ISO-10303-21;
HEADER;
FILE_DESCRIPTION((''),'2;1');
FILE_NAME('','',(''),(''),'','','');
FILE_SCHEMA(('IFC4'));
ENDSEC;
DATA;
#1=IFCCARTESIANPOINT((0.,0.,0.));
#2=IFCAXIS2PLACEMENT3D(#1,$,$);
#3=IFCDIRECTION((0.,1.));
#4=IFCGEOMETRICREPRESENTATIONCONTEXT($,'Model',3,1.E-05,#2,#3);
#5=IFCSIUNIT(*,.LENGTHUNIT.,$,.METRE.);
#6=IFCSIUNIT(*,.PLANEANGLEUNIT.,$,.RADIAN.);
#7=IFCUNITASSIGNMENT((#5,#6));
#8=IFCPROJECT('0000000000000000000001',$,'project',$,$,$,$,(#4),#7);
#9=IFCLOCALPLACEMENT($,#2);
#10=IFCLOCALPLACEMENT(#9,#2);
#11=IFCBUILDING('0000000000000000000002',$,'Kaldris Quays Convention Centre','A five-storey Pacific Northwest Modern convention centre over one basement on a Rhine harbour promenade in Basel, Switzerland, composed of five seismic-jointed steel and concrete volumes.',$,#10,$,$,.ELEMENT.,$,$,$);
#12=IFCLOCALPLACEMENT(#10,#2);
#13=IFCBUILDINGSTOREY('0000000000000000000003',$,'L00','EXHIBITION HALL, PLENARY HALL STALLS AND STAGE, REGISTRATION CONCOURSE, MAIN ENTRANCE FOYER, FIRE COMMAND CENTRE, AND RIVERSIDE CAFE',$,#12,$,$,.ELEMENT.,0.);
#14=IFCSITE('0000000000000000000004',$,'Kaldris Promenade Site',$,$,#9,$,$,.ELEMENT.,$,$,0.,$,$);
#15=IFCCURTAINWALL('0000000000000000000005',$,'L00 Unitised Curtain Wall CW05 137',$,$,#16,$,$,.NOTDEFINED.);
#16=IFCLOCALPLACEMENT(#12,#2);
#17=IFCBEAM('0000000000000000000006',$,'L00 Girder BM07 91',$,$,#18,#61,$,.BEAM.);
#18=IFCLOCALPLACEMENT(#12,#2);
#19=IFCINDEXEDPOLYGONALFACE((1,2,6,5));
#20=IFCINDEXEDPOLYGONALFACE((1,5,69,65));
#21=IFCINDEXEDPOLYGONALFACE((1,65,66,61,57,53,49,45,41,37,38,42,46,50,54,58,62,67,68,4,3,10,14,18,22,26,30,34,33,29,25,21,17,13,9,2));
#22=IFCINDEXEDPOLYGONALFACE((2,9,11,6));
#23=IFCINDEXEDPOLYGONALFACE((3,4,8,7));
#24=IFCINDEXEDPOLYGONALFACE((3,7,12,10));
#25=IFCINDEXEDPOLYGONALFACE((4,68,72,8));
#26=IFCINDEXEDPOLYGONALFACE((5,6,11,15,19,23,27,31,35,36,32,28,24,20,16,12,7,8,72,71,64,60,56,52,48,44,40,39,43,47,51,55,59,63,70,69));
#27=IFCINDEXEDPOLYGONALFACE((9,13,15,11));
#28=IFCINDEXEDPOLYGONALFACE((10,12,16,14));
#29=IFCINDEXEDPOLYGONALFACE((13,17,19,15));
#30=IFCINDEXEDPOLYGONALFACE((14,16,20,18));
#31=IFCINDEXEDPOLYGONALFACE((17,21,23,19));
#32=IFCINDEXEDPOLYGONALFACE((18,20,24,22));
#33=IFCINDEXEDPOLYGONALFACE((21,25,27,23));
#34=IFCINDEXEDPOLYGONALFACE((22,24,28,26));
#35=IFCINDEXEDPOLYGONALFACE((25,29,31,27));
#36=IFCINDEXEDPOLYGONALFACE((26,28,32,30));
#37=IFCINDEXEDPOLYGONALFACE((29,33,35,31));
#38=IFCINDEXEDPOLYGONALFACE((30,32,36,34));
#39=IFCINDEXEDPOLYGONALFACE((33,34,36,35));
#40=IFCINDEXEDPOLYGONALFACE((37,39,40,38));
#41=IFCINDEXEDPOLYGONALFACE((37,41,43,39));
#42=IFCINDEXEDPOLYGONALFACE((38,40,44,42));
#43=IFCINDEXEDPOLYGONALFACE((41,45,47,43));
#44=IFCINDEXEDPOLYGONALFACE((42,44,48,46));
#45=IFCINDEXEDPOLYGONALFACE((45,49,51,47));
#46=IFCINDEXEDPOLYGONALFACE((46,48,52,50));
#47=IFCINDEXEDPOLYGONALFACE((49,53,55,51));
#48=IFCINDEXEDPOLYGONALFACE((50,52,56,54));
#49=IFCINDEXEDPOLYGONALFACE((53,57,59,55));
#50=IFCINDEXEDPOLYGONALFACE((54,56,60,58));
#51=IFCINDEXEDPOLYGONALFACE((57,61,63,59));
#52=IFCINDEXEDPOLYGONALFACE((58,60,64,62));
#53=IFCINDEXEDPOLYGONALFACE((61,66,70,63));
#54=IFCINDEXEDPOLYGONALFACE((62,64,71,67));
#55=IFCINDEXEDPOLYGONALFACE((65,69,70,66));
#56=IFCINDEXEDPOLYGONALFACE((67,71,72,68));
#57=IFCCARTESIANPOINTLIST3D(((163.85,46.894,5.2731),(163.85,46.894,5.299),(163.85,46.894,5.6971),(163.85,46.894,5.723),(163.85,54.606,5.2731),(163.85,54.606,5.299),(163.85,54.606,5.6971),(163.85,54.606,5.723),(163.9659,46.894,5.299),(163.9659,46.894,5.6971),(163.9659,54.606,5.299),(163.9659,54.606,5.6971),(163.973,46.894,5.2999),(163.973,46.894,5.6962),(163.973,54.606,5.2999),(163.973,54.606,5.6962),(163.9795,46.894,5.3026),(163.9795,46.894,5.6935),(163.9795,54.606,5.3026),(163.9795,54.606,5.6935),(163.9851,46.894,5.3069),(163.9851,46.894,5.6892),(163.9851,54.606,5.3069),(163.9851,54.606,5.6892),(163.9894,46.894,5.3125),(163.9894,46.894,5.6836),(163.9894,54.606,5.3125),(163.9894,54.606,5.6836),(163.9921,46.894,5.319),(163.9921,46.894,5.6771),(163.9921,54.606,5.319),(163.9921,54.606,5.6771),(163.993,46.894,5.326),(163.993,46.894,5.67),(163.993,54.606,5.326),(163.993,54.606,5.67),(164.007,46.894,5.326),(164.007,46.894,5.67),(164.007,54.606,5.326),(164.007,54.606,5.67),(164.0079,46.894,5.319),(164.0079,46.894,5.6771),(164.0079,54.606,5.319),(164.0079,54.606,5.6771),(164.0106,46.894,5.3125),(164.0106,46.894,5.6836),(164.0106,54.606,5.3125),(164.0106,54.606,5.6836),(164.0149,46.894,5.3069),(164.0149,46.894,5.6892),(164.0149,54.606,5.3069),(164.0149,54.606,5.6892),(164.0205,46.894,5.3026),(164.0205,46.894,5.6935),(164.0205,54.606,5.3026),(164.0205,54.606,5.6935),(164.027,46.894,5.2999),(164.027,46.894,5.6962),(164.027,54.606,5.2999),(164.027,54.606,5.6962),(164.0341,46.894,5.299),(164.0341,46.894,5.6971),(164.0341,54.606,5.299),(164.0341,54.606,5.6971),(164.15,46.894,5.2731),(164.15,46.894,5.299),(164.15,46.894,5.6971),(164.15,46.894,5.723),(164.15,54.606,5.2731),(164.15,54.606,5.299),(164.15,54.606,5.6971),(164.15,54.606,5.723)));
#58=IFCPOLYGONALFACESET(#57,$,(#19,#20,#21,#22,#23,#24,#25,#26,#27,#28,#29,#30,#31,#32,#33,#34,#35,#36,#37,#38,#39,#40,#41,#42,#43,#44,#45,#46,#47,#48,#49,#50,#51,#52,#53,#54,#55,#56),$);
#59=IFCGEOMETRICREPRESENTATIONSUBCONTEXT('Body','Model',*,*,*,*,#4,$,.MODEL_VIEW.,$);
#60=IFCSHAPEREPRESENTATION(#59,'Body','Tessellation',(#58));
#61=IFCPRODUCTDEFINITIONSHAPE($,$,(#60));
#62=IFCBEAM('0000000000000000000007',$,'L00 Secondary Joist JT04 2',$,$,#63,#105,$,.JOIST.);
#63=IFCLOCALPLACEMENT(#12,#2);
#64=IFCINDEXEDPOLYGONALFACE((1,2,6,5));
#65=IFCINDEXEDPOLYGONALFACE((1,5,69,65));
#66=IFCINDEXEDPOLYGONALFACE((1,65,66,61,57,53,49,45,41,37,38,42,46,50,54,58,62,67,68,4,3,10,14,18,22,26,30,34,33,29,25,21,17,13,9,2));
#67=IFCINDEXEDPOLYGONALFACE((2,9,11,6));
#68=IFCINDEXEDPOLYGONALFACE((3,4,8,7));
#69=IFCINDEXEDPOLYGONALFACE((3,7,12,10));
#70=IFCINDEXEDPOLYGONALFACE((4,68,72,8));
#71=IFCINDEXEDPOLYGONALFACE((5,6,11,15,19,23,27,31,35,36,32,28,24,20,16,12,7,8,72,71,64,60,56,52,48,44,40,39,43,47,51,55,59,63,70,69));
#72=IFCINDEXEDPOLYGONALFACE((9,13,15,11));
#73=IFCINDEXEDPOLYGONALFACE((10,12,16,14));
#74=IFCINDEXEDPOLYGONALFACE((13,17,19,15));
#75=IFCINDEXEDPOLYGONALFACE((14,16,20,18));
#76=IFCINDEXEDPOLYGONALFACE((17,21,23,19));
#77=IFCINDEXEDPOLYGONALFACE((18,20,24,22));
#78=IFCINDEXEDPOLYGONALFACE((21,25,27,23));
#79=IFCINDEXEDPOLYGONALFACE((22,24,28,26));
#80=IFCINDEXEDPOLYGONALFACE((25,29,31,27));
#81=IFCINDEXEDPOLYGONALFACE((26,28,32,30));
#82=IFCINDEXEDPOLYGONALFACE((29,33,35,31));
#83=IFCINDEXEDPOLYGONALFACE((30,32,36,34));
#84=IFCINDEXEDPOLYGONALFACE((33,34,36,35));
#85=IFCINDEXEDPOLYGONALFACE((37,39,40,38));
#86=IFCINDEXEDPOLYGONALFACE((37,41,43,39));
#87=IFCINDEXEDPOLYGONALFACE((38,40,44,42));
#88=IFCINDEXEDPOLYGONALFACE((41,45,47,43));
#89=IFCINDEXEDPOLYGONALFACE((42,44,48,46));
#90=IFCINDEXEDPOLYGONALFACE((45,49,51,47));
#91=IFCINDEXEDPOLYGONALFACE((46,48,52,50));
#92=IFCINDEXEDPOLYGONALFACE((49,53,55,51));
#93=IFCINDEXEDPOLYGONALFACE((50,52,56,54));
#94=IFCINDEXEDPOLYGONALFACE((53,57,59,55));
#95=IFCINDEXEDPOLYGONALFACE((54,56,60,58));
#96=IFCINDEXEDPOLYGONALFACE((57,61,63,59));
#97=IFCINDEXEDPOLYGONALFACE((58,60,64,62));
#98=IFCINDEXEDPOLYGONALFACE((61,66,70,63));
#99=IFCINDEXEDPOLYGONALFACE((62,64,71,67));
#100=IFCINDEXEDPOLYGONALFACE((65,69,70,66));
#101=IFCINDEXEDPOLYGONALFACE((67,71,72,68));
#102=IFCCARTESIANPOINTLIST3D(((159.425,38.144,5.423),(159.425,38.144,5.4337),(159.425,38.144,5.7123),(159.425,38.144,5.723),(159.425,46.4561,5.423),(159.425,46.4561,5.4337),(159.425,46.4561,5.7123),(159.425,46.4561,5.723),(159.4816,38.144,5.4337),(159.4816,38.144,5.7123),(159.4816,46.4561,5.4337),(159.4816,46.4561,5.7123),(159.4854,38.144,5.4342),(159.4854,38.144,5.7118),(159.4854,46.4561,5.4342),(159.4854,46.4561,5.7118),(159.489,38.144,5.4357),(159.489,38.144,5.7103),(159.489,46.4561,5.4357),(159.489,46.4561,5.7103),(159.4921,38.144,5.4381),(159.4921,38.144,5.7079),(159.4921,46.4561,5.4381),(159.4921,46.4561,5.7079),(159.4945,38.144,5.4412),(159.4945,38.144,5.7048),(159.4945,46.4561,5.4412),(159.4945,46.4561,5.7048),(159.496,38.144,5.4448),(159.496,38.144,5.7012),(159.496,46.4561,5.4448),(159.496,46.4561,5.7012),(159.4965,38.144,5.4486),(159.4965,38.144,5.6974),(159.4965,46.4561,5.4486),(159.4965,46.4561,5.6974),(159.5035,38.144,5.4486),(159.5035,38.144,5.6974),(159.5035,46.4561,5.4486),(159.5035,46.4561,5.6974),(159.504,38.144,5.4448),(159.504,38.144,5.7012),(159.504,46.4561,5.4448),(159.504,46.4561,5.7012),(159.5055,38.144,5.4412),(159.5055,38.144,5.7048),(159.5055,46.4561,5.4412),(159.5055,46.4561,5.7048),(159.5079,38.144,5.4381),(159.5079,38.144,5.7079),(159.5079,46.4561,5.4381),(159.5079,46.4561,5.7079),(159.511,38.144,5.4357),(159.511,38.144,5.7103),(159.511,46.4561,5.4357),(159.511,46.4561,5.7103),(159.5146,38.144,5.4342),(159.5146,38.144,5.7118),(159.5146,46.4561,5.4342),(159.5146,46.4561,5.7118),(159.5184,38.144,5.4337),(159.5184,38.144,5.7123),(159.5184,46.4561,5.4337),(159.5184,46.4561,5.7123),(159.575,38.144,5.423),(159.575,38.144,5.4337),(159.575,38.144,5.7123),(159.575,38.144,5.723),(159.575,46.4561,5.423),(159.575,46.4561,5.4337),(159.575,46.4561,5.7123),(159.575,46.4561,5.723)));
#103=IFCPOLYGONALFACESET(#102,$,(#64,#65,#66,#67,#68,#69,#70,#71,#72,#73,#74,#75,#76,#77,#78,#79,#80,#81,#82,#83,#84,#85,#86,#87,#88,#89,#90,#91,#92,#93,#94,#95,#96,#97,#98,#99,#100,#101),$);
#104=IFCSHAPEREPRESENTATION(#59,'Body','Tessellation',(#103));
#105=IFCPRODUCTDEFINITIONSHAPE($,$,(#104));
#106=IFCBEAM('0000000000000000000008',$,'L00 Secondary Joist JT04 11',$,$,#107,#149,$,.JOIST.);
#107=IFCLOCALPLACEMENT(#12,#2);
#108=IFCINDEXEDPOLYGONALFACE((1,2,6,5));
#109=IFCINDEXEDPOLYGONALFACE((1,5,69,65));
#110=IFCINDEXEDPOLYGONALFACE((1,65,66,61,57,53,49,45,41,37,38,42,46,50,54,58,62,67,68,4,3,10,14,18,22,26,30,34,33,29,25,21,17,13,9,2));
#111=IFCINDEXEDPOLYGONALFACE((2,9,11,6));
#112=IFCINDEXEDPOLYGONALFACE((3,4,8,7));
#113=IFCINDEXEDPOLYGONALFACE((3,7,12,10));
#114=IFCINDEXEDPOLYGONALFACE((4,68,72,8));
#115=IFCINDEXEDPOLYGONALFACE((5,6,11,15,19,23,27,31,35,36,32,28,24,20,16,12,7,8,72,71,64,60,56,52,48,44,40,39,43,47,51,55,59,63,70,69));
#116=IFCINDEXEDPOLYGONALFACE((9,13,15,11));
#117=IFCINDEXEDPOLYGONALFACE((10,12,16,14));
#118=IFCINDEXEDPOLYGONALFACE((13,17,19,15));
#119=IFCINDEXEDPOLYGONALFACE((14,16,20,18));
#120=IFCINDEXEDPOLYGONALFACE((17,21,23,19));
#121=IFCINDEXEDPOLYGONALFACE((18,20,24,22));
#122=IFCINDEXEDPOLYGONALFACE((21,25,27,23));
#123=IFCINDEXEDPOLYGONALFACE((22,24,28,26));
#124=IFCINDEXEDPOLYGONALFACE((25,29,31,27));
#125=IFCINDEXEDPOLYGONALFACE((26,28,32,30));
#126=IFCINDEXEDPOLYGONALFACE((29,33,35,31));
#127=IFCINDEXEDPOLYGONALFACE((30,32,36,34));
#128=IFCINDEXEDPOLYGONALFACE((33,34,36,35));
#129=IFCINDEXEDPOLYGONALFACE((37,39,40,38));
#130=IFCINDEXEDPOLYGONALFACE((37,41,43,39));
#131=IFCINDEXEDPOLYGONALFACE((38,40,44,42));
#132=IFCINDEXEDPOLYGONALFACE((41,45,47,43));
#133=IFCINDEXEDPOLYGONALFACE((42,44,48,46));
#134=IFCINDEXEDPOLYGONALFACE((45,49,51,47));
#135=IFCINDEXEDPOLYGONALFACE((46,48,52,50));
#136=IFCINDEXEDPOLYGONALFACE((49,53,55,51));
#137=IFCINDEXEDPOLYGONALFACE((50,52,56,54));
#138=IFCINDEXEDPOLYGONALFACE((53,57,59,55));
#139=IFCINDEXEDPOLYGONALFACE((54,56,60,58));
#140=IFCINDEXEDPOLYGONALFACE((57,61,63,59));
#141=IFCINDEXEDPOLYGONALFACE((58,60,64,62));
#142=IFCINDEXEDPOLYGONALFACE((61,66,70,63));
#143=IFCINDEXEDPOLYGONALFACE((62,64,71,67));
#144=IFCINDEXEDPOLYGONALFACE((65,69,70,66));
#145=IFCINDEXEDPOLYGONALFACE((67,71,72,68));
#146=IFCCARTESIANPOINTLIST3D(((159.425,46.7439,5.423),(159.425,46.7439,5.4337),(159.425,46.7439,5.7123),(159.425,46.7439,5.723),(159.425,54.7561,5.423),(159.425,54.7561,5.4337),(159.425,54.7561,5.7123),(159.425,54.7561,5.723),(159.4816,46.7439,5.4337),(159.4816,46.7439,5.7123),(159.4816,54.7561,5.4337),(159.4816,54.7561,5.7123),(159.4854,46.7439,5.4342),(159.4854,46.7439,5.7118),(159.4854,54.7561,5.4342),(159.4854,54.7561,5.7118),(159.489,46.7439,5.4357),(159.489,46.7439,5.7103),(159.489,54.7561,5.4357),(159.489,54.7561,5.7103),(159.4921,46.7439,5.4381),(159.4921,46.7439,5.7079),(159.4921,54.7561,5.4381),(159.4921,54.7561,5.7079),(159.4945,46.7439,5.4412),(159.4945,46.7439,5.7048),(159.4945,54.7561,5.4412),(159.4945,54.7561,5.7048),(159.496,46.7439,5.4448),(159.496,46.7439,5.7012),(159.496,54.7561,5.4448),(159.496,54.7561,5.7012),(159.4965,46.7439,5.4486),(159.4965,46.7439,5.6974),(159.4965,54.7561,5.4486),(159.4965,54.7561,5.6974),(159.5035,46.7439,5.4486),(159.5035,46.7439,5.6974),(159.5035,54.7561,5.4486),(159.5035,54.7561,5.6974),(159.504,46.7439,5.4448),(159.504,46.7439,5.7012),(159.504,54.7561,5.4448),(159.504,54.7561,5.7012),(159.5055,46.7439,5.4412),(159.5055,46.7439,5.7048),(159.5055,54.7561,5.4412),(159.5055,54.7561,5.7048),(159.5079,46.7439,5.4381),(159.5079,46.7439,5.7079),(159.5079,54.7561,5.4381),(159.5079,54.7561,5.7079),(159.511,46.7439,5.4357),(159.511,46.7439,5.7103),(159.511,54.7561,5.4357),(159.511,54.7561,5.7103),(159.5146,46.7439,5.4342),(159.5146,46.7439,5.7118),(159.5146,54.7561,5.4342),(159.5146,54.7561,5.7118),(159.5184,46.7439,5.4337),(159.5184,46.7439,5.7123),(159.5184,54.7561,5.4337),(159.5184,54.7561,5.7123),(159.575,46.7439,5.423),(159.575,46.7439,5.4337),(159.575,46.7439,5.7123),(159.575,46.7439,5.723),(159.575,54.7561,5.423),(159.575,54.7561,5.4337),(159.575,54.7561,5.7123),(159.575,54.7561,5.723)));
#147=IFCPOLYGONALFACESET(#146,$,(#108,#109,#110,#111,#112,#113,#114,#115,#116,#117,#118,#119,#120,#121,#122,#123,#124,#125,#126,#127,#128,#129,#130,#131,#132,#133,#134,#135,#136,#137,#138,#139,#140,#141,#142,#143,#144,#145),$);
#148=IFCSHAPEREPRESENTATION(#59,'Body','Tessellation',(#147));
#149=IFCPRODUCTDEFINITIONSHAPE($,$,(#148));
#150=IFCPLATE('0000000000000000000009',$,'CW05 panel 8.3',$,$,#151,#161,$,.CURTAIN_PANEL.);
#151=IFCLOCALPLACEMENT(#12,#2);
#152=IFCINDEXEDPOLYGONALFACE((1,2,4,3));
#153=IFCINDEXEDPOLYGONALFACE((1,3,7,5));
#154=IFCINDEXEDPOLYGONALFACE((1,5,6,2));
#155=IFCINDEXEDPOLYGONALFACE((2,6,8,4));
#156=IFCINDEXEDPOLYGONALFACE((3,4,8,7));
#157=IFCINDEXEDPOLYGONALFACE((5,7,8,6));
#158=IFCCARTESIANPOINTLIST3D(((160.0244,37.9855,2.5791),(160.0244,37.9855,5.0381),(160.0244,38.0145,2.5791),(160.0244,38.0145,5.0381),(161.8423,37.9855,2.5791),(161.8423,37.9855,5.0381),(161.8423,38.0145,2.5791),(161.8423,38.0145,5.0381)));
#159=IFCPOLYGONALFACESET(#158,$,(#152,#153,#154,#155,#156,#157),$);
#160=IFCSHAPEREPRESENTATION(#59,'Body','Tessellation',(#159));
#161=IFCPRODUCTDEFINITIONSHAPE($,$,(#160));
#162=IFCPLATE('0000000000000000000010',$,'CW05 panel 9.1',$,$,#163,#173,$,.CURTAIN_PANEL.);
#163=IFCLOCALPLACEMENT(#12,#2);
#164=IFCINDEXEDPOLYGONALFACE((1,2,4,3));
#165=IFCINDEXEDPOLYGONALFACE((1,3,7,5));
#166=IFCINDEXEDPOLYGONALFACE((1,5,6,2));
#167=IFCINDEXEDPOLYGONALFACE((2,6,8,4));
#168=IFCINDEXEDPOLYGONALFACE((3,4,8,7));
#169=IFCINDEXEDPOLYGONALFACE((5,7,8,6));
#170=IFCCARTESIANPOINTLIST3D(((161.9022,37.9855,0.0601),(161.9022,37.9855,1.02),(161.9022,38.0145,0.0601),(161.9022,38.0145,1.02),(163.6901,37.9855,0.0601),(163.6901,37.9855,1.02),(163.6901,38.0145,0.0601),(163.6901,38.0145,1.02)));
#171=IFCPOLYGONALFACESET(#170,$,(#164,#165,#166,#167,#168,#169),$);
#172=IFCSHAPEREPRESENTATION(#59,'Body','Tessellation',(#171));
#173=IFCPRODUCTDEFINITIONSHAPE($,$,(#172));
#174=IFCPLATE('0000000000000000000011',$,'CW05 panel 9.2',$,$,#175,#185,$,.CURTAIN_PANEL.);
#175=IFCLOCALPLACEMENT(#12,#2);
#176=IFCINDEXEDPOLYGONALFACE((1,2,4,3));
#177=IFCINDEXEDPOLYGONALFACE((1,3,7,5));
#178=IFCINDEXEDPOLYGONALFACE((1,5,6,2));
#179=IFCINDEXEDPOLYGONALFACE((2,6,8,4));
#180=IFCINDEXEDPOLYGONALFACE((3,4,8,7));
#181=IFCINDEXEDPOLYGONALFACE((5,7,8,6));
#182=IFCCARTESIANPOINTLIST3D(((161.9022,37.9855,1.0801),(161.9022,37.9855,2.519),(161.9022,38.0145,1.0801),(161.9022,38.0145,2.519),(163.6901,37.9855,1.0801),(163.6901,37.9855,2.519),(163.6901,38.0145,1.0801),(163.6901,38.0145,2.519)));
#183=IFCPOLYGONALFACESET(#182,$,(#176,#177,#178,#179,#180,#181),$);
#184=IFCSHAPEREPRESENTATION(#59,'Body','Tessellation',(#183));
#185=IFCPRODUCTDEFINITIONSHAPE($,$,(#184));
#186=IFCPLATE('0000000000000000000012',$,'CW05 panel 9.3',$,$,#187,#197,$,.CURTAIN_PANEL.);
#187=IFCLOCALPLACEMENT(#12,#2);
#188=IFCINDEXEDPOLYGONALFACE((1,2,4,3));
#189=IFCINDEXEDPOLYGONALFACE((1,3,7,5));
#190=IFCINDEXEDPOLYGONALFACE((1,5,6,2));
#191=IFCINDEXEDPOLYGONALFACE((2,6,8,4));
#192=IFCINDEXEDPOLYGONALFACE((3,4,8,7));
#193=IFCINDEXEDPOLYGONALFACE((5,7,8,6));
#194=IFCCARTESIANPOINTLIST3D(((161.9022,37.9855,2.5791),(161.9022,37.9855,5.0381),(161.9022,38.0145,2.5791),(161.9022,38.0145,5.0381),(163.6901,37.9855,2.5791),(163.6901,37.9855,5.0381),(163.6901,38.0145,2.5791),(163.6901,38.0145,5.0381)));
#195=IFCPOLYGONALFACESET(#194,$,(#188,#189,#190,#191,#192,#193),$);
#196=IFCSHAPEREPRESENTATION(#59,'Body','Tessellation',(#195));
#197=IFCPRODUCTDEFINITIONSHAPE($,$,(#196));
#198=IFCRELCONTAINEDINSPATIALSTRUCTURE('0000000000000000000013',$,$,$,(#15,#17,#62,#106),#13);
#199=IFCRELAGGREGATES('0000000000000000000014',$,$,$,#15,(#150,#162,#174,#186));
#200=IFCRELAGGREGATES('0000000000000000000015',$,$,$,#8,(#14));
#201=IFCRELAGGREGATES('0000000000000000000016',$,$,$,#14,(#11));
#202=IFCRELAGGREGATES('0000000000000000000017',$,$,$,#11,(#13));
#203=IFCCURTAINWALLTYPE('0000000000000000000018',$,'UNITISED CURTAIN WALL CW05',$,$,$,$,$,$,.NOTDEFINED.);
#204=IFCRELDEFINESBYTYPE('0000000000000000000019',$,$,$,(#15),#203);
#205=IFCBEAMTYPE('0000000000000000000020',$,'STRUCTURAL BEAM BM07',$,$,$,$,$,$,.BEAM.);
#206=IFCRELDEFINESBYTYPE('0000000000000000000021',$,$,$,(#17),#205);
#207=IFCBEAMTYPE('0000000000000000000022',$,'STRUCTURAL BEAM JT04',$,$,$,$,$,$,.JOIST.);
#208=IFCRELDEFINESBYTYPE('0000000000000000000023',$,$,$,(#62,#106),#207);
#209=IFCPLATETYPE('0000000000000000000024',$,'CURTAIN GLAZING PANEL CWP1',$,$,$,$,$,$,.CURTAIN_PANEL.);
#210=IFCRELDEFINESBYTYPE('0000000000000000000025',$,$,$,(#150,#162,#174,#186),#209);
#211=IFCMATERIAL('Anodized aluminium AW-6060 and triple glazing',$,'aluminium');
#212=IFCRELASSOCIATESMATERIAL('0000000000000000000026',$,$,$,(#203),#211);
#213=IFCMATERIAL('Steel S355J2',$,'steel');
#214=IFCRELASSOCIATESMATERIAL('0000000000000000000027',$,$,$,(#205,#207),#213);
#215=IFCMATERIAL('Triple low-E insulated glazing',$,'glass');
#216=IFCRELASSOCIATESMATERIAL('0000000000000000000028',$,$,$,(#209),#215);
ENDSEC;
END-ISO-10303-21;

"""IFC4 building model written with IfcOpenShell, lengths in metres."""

from ifc_helpers import new_model, si_unit, direction, frame, origin, origin_2d, place, context, subcontext, project, spatial, rectangle, i_section, extrude, material, material_profile, profile_set, type_object, element, aggregate, save


model = new_model("IFC4")

# Units and contexts
model_context = context("Model", 3, precision=1e-05, world=origin(), true_north=direction((0.0, 1.0)))
body_context = subcontext(model_context, "Body", "Model", "MODEL_VIEW")
ifc_project = project(units=[si_unit("LENGTHUNIT", "METRE"), si_unit("PLANEANGLEUNIT", "RADIAN")], contexts=[model_context])

# Site, building, storey
site_placement = place(None, origin())
site = spatial("IfcSite", under=ifc_project, at=site_placement, Name="Kaldris Promenade Site", CompositionType="ELEMENT", RefElevation=0.0)
building_placement = place(site_placement, origin())
building = spatial("IfcBuilding", under=site, at=building_placement, Name="Kaldris Quays Convention Centre", Description="A five-storey Pacific Northwest Modern convention centre over one basement on a Rhine harbour promenade in Basel, Switzerland, composed of five seismic-jointed steel and concrete volumes.", CompositionType="ELEMENT")
storey_placement = place(building_placement, origin())
storey = spatial("IfcBuildingStorey", under=building, at=storey_placement, Name="L00", Description="EXHIBITION HALL, PLENARY HALL STALLS AND STAGE, REGISTRATION CONCOURSE, MAIN ENTRANCE FOYER, FIRE COMMAND CENTRE, AND RIVERSIDE CAFE", CompositionType="ELEMENT", Elevation=0.0)

# Shared definitions
ifc_material_1 = material(Name="Steel S355J2", Category="steel")

# Shared definitions
ifc_material_2 = material(Name="Anodized aluminium AW-6060 and triple glazing", Category="aluminium")

# Curtain wall
curtain_wall_type_1 = type_object("IfcCurtainWallType", Name="UNITISED CURTAIN WALL CW05", PredefinedType="NOTDEFINED", material=ifc_material_2)
curtain_wall_1_placement = place(storey_placement, origin())
curtain_wall_1 = element("IfcCurtainWall", 1, at=curtain_wall_1_placement, inside=storey, type_object=curtain_wall_type_1, Name="L00 Unitised Curtain Wall CW05 137", PredefinedType="NOTDEFINED")

# Beams
ifc_material_profile_1 = material_profile(ifc_material_1, i_section(OverallWidth=0.3, OverallDepth=0.45, WebThickness=0.0139, FlangeThickness=0.0259, FilletRadius=0.0271, at=origin_2d()), Name="HEB 450")
ifc_profile_set_1 = profile_set([ifc_material_profile_1], Name="Steel S355J2")
beam_type_1 = type_object("IfcBeamType", Name="STRUCTURAL BEAM BM07", PredefinedType="BEAM", material=ifc_profile_set_1)
beam_1_placement = place(storey_placement, frame((164.0, 46.894, 5.498), z_axis=(0.0, 1.0, 0.0), x_axis=(-1.0, 0.0, 0.0)))
element("IfcBeam", 2, at=beam_1_placement, inside=storey, type_object=beam_type_1, Name="L00 Girder BM07 91", PredefinedType="BEAM", context=body_context, shape_type="SweptSolid", body=[
    extrude(i_section(OverallWidth=0.3, OverallDepth=0.45, WebThickness=0.0139, FlangeThickness=0.0259, FilletRadius=0.0271, at=origin_2d()), origin(), (0.0, 0.0, 1.0), 7.7119),
])
ifc_material_profile_2 = material_profile(ifc_material_1, i_section(OverallWidth=0.1499, OverallDepth=0.3, WebThickness=0.0071, FlangeThickness=0.0107, FilletRadius=0.0149, at=origin_2d()), Name="IPE 300")
ifc_profile_set_2 = profile_set([ifc_material_profile_2], Name="Steel S355J2")
beam_type_2 = type_object("IfcBeamType", Name="STRUCTURAL BEAM JT04", PredefinedType="JOIST", material=ifc_profile_set_2)
beam_2_placement = place(storey_placement, frame((159.5, 38.144, 5.573), z_axis=(0.0, 1.0, 0.0), x_axis=(-1.0, 0.0, 0.0)))
element("IfcBeam", 3, at=beam_2_placement, inside=storey, type_object=beam_type_2, Name="L00 Secondary Joist JT04 2", PredefinedType="JOIST", context=body_context, shape_type="SweptSolid", body=[
    extrude(i_section(OverallWidth=0.1499, OverallDepth=0.3, WebThickness=0.0071, FlangeThickness=0.0107, FilletRadius=0.0149, at=origin_2d()), origin(), (0.0, 0.0, 1.0), 8.312),
])
beam_3_placement = place(storey_placement, frame((159.5, 46.7439, 5.573), z_axis=(0.0, 1.0, 0.0), x_axis=(-1.0, 0.0, 0.0)))
element("IfcBeam", 4, at=beam_3_placement, inside=storey, type_object=beam_type_2, Name="L00 Secondary Joist JT04 11", PredefinedType="JOIST", context=body_context, shape_type="SweptSolid", body=[
    extrude(i_section(OverallWidth=0.1499, OverallDepth=0.3, WebThickness=0.0071, FlangeThickness=0.0107, FilletRadius=0.0149, at=origin_2d()), origin(), (0.0, 0.0, 1.0), 8.0122),
])

# Plates
ifc_material_3 = material(Name="Triple low-E insulated glazing", Category="glass")
plate_type = type_object("IfcPlateType", Name="CURTAIN GLAZING PANEL CWP1", PredefinedType="CURTAIN_PANEL", material=ifc_material_3)
plate_1_placement = place(storey_placement, frame((160.9333, 38.0, 2.5791), z_axis=(0.0, 0.0, 1.0), x_axis=(1.0, 0.0, 0.0)))
plate_1 = element("IfcPlate", 5, at=plate_1_placement, type_object=plate_type, Name="CW05 panel 8.3", PredefinedType="CURTAIN_PANEL", context=body_context, shape_type="SweptSolid", body=[
    extrude(rectangle(XDim=1.8179, YDim=0.0291, at=origin_2d()), origin(), (0.0, 0.0, 1.0), 2.459),
])
plate_2_placement = place(storey_placement, frame((162.7961, 38.0, 0.0601), z_axis=(0.0, 0.0, 1.0), x_axis=(1.0, 0.0, 0.0)))
plate_2 = element("IfcPlate", 6, at=plate_2_placement, type_object=plate_type, Name="CW05 panel 9.1", PredefinedType="CURTAIN_PANEL", context=body_context, shape_type="SweptSolid", body=[
    extrude(rectangle(XDim=1.7878, YDim=0.0291, at=origin_2d()), origin(), (0.0, 0.0, 1.0), 0.96),
])
plate_3_placement = place(storey_placement, frame((162.7961, 38.0, 1.0801), z_axis=(0.0, 0.0, 1.0), x_axis=(1.0, 0.0, 0.0)))
plate_3 = element("IfcPlate", 7, at=plate_3_placement, type_object=plate_type, Name="CW05 panel 9.2", PredefinedType="CURTAIN_PANEL", context=body_context, shape_type="SweptSolid", body=[
    extrude(rectangle(XDim=1.7878, YDim=0.0291, at=origin_2d()), origin(), (0.0, 0.0, 1.0), 1.439),
])
plate_4_placement = place(storey_placement, frame((162.7961, 38.0, 2.5791), z_axis=(0.0, 0.0, 1.0), x_axis=(1.0, 0.0, 0.0)))
plate_4 = element("IfcPlate", 8, at=plate_4_placement, type_object=plate_type, Name="CW05 panel 9.3", PredefinedType="CURTAIN_PANEL", context=body_context, shape_type="SweptSolid", body=[
    extrude(rectangle(XDim=1.7878, YDim=0.0291, at=origin_2d()), origin(), (0.0, 0.0, 1.0), 2.459),
])
aggregate(curtain_wall_1, [plate_1, plate_2, plate_3, plate_4])

save(model, "model.ifc")
